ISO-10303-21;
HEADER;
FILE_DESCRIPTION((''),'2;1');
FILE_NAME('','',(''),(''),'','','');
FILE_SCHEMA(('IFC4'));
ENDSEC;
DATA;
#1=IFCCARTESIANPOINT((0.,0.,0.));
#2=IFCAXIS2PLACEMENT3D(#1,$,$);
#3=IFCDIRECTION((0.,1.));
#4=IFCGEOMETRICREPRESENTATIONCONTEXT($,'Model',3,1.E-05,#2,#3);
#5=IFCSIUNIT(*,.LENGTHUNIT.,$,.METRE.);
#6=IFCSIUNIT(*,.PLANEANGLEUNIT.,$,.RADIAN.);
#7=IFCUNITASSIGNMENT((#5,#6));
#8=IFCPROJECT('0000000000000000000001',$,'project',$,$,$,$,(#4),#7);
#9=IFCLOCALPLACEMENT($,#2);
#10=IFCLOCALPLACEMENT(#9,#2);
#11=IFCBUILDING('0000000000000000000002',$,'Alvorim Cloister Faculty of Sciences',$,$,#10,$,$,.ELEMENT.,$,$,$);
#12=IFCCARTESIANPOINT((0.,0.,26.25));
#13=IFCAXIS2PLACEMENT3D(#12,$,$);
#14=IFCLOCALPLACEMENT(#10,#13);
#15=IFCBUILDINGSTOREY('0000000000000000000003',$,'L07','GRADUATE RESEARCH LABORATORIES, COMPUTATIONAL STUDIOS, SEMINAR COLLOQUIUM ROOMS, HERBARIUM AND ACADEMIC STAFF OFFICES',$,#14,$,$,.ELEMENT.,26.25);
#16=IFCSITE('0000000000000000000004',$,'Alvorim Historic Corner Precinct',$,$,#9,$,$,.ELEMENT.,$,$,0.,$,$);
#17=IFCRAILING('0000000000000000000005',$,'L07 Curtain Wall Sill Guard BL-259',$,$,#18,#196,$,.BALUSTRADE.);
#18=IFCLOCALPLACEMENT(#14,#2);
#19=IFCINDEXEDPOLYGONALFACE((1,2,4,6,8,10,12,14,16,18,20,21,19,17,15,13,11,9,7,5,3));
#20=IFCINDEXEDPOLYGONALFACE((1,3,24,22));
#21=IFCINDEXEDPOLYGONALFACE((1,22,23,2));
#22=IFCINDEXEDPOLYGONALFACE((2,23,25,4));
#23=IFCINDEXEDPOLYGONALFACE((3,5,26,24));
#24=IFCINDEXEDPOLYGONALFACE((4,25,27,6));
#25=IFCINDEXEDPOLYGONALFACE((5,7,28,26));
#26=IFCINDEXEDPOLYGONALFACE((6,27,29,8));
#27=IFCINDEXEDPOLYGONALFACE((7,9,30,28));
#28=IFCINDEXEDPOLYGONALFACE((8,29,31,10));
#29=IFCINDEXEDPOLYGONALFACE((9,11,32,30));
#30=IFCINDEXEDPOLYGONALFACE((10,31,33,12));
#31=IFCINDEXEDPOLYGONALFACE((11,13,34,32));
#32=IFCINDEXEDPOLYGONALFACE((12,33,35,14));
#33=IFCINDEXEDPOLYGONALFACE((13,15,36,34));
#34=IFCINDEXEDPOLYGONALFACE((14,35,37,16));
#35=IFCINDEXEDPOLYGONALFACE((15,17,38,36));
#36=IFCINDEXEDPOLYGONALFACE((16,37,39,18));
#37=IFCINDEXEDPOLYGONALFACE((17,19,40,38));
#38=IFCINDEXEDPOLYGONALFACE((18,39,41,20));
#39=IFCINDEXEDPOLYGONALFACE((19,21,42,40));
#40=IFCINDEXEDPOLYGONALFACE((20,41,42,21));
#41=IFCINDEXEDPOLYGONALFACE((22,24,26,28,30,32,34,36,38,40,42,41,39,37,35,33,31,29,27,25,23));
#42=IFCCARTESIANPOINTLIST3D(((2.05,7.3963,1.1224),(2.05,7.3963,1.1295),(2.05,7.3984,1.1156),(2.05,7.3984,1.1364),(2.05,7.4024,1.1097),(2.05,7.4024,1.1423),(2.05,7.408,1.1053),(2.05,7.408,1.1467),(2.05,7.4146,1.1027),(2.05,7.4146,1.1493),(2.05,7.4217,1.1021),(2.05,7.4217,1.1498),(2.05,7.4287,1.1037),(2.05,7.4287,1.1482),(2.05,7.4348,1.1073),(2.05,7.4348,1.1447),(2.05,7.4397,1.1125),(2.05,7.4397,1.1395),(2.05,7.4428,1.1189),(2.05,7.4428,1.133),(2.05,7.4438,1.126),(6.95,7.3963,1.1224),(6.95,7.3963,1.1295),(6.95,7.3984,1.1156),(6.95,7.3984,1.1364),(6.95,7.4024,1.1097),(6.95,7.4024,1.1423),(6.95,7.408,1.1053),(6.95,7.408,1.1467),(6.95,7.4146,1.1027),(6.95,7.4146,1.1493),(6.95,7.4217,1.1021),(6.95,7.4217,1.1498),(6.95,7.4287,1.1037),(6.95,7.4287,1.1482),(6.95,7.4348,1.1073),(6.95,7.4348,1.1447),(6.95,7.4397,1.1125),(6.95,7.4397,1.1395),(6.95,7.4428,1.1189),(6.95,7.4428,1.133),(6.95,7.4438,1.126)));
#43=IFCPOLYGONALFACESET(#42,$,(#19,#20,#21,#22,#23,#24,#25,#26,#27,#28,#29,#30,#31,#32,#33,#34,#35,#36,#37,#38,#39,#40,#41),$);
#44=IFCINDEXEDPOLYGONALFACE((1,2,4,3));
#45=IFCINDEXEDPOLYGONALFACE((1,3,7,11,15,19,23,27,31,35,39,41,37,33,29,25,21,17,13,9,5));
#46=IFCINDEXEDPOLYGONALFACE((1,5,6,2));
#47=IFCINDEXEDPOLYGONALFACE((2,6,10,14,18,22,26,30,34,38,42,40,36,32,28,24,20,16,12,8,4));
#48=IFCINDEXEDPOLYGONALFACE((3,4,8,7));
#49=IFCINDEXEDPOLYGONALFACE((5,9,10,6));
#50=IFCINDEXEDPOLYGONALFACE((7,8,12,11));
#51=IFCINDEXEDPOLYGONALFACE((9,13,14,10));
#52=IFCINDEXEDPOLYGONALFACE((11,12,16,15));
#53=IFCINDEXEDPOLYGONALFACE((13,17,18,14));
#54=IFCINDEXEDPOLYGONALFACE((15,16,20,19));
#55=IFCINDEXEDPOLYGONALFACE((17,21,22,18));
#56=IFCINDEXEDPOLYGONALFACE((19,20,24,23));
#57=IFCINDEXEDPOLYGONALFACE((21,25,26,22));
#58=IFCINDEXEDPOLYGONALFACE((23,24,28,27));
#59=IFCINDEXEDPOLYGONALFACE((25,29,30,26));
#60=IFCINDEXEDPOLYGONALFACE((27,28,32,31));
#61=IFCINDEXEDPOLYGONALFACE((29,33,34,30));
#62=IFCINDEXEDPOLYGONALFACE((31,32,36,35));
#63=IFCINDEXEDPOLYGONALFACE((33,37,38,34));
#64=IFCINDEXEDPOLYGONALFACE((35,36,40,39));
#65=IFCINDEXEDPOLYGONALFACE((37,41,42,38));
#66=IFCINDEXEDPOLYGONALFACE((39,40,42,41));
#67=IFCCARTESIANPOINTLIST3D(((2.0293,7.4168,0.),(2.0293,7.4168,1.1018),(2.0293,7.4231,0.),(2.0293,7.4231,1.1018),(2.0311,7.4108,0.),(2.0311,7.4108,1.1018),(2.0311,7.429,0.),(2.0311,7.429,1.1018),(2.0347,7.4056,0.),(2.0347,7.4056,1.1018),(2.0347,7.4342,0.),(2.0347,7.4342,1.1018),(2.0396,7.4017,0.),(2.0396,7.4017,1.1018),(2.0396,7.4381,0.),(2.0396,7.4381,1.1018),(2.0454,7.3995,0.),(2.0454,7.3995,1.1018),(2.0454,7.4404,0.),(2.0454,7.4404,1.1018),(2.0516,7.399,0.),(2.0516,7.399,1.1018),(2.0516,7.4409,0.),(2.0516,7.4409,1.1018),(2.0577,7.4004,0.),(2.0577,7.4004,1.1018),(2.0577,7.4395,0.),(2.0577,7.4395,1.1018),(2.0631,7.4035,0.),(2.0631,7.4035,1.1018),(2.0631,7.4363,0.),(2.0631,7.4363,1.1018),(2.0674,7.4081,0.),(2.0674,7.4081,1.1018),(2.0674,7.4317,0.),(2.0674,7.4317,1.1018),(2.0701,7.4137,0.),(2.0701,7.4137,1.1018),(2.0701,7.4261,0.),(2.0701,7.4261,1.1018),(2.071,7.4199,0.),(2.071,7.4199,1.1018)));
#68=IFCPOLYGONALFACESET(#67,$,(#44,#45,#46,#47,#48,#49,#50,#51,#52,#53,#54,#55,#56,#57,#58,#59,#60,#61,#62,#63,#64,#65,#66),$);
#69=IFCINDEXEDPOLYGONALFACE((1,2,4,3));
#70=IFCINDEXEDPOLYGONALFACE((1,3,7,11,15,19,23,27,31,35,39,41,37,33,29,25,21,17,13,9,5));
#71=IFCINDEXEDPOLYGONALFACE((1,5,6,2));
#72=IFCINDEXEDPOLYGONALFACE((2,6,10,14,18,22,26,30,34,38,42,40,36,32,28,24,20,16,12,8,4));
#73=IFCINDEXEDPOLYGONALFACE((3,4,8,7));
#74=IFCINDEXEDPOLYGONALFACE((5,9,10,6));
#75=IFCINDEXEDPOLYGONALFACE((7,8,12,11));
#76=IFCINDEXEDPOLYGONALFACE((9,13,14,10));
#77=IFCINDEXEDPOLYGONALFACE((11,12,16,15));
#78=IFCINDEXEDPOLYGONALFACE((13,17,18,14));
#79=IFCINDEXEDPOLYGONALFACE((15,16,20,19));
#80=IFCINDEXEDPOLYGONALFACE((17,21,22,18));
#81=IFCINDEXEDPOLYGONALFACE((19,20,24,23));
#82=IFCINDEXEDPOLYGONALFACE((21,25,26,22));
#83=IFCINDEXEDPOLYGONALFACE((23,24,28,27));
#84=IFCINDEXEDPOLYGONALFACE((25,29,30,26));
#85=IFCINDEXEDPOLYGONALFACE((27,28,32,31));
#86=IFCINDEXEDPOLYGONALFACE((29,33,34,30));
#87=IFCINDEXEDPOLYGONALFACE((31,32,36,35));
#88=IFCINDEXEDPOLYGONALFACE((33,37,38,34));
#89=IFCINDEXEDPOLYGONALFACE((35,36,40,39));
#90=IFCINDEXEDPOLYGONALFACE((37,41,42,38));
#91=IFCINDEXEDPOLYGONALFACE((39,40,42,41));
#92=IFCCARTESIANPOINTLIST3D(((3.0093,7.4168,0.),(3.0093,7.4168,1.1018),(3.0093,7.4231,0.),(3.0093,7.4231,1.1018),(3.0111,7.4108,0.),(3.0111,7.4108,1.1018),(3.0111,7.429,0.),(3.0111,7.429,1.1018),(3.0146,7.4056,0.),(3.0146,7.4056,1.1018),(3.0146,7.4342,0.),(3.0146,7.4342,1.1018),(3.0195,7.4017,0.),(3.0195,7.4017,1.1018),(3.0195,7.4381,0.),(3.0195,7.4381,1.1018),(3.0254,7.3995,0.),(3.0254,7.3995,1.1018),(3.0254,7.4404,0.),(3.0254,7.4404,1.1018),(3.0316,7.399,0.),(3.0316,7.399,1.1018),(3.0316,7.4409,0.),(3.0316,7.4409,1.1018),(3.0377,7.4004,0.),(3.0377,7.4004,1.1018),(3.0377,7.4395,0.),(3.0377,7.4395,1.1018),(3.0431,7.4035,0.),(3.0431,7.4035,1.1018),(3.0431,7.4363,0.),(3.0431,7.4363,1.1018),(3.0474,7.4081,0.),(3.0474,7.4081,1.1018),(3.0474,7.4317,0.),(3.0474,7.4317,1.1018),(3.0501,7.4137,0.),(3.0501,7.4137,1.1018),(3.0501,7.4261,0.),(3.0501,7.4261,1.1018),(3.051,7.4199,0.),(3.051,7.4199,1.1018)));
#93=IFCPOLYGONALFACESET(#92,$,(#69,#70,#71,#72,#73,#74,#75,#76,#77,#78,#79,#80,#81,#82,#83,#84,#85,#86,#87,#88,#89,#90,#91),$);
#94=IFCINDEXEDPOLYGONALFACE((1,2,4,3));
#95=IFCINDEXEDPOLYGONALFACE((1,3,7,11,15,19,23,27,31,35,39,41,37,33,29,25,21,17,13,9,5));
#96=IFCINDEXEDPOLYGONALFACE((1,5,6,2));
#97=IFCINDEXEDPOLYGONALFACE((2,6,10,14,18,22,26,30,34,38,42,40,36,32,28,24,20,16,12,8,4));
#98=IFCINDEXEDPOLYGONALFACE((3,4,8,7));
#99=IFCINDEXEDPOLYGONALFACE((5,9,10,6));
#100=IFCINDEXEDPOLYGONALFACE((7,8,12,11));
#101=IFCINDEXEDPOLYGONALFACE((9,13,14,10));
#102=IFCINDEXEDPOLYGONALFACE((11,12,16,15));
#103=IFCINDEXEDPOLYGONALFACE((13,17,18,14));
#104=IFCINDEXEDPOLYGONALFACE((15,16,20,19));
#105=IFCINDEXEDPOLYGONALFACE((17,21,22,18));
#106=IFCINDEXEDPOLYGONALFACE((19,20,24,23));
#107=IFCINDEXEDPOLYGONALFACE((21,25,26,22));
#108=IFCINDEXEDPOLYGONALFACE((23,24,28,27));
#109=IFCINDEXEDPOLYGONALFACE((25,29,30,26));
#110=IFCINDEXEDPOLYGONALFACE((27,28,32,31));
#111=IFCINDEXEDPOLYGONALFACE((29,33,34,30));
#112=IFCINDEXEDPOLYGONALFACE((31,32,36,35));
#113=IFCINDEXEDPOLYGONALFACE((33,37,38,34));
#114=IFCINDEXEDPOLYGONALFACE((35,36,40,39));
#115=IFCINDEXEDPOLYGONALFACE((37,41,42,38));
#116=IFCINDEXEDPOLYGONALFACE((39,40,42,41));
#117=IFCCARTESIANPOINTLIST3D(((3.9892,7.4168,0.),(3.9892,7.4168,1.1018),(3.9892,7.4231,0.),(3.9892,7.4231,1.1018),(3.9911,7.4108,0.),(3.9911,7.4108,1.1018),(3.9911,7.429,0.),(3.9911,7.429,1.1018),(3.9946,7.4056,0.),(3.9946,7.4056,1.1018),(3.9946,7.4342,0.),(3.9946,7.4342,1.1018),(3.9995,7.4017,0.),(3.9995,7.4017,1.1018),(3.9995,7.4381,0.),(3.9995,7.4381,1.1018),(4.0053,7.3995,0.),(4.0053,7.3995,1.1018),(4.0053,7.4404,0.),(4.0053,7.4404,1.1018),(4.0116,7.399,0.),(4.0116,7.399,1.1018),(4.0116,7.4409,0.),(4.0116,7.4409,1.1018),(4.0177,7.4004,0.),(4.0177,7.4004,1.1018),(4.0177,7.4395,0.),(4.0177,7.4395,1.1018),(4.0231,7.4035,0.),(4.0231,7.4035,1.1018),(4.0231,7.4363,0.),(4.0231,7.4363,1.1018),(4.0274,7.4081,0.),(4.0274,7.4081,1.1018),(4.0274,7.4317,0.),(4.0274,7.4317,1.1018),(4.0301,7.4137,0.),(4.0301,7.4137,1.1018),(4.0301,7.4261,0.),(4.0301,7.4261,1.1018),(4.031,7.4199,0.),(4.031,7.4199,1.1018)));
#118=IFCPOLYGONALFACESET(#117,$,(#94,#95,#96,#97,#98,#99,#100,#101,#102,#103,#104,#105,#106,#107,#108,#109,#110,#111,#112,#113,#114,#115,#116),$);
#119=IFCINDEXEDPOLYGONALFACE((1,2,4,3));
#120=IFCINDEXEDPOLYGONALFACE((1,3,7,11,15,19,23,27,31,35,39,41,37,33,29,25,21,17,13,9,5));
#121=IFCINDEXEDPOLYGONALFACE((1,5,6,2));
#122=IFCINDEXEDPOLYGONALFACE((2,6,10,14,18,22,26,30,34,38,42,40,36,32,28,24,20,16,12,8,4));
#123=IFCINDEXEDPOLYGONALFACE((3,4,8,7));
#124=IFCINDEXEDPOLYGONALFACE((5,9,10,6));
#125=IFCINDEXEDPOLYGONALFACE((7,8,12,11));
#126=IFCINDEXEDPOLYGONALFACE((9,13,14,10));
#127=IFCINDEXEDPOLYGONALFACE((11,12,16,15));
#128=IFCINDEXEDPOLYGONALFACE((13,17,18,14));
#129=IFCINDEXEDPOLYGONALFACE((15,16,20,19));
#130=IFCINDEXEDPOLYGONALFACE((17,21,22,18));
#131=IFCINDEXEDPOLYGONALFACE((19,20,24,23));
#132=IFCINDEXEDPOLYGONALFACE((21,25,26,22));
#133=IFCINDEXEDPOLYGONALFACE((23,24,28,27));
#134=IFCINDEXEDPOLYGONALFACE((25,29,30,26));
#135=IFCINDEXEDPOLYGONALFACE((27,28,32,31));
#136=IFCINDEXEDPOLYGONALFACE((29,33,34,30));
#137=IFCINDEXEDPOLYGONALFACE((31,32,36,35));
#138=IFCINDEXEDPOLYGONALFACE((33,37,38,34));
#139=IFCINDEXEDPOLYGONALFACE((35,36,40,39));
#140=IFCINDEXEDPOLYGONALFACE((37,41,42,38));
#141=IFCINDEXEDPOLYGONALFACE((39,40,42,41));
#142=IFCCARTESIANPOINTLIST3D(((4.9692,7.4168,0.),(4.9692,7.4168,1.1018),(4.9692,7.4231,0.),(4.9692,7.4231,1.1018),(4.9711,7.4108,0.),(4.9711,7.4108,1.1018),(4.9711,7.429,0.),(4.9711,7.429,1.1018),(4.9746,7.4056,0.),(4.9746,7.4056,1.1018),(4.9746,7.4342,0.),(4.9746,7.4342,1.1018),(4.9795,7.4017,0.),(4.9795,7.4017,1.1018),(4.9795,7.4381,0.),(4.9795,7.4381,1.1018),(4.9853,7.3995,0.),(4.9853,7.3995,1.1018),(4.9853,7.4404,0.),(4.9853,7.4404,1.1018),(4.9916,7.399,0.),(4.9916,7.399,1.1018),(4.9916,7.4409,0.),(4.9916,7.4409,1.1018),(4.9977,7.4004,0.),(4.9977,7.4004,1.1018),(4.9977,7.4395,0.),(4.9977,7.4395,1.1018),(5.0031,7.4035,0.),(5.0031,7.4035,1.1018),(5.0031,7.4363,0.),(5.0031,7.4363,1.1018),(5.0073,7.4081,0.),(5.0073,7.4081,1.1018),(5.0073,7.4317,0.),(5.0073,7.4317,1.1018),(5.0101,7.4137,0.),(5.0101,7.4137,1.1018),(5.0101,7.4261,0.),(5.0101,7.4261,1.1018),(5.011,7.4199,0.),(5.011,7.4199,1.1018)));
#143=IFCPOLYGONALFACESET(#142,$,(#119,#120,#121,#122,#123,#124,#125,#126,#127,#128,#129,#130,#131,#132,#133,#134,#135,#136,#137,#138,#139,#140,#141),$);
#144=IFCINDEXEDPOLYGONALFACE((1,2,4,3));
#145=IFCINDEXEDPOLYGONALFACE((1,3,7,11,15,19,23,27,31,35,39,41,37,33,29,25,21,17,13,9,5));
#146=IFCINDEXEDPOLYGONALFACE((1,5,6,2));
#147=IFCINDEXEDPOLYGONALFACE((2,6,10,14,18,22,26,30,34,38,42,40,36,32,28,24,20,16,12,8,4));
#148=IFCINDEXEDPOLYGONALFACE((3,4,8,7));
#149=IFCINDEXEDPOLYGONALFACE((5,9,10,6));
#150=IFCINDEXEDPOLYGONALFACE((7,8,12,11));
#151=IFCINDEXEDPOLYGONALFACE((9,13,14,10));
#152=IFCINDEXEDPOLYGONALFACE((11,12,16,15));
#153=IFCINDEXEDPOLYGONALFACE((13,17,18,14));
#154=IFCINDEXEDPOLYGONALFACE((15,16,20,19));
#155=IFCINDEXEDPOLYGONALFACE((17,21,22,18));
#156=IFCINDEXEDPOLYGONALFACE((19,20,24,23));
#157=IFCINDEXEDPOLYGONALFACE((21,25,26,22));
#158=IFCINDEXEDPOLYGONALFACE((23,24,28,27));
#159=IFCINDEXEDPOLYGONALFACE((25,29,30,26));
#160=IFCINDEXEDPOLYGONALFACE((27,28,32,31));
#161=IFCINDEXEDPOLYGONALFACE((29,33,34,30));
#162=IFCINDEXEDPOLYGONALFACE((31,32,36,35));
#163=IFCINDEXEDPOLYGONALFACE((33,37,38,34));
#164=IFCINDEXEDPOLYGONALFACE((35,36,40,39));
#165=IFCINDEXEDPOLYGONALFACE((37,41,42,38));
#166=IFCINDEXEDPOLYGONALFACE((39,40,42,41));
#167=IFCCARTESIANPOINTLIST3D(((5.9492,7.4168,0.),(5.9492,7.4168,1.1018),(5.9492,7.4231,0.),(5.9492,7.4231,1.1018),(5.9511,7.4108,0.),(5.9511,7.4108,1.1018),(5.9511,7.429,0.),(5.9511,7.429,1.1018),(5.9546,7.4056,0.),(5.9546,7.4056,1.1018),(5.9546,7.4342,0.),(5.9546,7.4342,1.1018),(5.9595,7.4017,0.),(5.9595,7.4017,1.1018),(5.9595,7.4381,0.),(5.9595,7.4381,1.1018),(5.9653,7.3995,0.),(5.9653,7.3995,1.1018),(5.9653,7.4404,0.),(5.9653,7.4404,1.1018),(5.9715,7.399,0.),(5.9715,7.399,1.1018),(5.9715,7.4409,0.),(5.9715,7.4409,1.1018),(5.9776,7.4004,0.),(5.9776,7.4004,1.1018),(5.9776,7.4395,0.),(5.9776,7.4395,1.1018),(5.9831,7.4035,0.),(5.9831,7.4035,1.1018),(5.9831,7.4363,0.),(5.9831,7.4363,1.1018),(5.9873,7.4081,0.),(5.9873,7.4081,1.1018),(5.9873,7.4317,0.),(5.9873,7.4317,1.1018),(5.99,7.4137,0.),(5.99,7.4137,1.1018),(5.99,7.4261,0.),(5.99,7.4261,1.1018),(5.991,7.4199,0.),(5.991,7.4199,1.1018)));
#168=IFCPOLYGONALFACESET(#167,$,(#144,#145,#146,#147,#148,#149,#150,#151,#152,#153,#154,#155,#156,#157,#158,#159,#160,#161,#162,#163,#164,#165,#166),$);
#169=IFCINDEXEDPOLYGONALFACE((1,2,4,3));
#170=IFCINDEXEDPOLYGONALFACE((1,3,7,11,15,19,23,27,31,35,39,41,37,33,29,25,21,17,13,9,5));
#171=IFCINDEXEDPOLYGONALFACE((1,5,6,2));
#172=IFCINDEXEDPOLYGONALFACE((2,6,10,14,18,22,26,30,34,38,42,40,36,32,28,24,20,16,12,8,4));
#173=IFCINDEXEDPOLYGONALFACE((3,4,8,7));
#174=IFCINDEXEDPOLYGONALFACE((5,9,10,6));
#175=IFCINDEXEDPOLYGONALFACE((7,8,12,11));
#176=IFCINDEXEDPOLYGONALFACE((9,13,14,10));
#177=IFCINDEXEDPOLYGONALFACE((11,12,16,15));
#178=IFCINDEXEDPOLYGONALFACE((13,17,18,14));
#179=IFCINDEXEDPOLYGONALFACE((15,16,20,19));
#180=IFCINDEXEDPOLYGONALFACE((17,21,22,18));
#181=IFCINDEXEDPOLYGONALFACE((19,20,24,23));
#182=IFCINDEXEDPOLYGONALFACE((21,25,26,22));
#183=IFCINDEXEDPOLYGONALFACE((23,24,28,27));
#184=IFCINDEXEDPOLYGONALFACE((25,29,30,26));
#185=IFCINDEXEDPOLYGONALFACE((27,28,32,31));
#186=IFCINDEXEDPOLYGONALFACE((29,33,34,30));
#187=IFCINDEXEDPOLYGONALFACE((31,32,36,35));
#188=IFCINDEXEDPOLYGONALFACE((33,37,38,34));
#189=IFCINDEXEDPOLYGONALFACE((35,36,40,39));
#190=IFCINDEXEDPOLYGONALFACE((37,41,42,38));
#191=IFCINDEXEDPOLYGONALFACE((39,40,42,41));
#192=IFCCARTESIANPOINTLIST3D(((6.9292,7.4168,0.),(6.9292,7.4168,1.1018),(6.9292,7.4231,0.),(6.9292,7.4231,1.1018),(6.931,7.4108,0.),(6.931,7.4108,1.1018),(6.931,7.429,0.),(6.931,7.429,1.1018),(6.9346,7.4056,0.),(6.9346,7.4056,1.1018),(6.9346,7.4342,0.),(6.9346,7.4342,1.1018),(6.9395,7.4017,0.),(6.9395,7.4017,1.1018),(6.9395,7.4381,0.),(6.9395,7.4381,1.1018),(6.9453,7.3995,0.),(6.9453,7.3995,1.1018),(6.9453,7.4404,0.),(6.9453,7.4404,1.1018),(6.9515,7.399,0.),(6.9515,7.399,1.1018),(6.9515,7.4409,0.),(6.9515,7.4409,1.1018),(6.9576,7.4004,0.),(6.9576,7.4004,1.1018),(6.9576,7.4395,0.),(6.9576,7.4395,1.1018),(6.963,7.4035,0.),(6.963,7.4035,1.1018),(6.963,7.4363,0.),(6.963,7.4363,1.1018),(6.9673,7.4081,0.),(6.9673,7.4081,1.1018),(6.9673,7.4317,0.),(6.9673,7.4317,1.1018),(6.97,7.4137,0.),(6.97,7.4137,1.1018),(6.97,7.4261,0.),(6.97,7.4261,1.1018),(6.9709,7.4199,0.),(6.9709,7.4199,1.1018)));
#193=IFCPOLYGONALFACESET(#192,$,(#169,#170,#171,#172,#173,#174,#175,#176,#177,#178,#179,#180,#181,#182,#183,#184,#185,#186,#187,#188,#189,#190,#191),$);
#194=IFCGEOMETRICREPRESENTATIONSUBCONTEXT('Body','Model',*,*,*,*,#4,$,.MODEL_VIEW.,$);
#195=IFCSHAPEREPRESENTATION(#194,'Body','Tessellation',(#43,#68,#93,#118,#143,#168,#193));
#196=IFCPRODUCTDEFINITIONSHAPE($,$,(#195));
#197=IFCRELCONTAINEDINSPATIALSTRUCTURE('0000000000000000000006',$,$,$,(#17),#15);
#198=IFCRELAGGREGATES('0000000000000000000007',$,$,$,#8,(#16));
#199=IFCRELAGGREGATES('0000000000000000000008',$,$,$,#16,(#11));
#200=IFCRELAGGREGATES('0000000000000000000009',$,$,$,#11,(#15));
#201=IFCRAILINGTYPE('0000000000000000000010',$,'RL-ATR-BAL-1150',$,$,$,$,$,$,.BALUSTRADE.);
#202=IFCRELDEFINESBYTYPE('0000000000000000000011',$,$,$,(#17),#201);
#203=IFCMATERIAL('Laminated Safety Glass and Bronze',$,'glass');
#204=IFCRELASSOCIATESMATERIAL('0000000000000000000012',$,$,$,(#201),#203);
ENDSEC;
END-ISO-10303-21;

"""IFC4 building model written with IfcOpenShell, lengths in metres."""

from ifc_helpers import new_model, si_unit, direction, frame, origin, origin_2d, place, context, subcontext, project, spatial, circle, extrude, material, type_object, element, save


model = new_model("IFC4")

# Units and contexts
model_context = context("Model", 3, precision=1e-05, world=origin(), true_north=direction((0.0, 1.0)))
body_context = subcontext(model_context, "Body", "Model", "MODEL_VIEW")
ifc_project = project(units=[si_unit("LENGTHUNIT", "METRE"), si_unit("PLANEANGLEUNIT", "RADIAN")], contexts=[model_context])

# Site, building, storey
site_placement = place(None, origin())
site = spatial("IfcSite", under=ifc_project, at=site_placement, Name="Alvorim Historic Corner Precinct", CompositionType="ELEMENT", RefElevation=0.0)
building_placement = place(site_placement, origin())
building = spatial("IfcBuilding", under=site, at=building_placement, Name="Alvorim Cloister Faculty of Sciences", CompositionType="ELEMENT")
storey_placement = place(building_placement, frame((0.0, 0.0, 26.25)))
storey = spatial("IfcBuildingStorey", under=building, at=storey_placement, Name="L07", Description="GRADUATE RESEARCH LABORATORIES, COMPUTATIONAL STUDIOS, SEMINAR COLLOQUIUM ROOMS, HERBARIUM AND ACADEMIC STAFF OFFICES", CompositionType="ELEMENT", Elevation=26.25)

# Railing
ifc_material_1 = material(Name="Laminated Safety Glass and Bronze", Category="glass")
railing_type = type_object("IfcRailingType", Name="RL-ATR-BAL-1150", PredefinedType="BALUSTRADE", material=ifc_material_1)
railing_1_placement = place(storey_placement, frame((2.05, 7.4199, 0.0)))
element("IfcRailing", 1, at=railing_1_placement, inside=storey, type_object=railing_type, Name="L07 Curtain Wall Sill Guard BL-259", PredefinedType="BALUSTRADE", context=body_context, shape_type="SweptSolid", body=[
    extrude(circle(Radius=0.0239, at=origin_2d()), frame((0.0, 0.0, 1.126), z_axis=(1.0, 0.0, 0.0), x_axis=(0.0, 1.0, 0.0)), (0.0, 0.0, 1.0), 4.8999),
    extrude(circle(Radius=0.021, at=origin_2d()), origin(), (0.0, 0.0, 1.0), 1.1018),
    extrude(circle(Radius=0.021, at=origin_2d()), frame((0.98, 0.0, 0.0)), (0.0, 0.0, 1.0), 1.1018),
    extrude(circle(Radius=0.021, at=origin_2d()), frame((1.96, 0.0, 0.0)), (0.0, 0.0, 1.0), 1.1018),
    extrude(circle(Radius=0.021, at=origin_2d()), frame((2.9399, 0.0, 0.0)), (0.0, 0.0, 1.0), 1.1018),
    extrude(circle(Radius=0.021, at=origin_2d()), frame((3.9199, 0.0, 0.0)), (0.0, 0.0, 1.0), 1.1018),
    extrude(circle(Radius=0.021, at=origin_2d()), frame((4.8999, 0.0, 0.0)), (0.0, 0.0, 1.0), 1.1018),
])

save(model, "model.ifc")
